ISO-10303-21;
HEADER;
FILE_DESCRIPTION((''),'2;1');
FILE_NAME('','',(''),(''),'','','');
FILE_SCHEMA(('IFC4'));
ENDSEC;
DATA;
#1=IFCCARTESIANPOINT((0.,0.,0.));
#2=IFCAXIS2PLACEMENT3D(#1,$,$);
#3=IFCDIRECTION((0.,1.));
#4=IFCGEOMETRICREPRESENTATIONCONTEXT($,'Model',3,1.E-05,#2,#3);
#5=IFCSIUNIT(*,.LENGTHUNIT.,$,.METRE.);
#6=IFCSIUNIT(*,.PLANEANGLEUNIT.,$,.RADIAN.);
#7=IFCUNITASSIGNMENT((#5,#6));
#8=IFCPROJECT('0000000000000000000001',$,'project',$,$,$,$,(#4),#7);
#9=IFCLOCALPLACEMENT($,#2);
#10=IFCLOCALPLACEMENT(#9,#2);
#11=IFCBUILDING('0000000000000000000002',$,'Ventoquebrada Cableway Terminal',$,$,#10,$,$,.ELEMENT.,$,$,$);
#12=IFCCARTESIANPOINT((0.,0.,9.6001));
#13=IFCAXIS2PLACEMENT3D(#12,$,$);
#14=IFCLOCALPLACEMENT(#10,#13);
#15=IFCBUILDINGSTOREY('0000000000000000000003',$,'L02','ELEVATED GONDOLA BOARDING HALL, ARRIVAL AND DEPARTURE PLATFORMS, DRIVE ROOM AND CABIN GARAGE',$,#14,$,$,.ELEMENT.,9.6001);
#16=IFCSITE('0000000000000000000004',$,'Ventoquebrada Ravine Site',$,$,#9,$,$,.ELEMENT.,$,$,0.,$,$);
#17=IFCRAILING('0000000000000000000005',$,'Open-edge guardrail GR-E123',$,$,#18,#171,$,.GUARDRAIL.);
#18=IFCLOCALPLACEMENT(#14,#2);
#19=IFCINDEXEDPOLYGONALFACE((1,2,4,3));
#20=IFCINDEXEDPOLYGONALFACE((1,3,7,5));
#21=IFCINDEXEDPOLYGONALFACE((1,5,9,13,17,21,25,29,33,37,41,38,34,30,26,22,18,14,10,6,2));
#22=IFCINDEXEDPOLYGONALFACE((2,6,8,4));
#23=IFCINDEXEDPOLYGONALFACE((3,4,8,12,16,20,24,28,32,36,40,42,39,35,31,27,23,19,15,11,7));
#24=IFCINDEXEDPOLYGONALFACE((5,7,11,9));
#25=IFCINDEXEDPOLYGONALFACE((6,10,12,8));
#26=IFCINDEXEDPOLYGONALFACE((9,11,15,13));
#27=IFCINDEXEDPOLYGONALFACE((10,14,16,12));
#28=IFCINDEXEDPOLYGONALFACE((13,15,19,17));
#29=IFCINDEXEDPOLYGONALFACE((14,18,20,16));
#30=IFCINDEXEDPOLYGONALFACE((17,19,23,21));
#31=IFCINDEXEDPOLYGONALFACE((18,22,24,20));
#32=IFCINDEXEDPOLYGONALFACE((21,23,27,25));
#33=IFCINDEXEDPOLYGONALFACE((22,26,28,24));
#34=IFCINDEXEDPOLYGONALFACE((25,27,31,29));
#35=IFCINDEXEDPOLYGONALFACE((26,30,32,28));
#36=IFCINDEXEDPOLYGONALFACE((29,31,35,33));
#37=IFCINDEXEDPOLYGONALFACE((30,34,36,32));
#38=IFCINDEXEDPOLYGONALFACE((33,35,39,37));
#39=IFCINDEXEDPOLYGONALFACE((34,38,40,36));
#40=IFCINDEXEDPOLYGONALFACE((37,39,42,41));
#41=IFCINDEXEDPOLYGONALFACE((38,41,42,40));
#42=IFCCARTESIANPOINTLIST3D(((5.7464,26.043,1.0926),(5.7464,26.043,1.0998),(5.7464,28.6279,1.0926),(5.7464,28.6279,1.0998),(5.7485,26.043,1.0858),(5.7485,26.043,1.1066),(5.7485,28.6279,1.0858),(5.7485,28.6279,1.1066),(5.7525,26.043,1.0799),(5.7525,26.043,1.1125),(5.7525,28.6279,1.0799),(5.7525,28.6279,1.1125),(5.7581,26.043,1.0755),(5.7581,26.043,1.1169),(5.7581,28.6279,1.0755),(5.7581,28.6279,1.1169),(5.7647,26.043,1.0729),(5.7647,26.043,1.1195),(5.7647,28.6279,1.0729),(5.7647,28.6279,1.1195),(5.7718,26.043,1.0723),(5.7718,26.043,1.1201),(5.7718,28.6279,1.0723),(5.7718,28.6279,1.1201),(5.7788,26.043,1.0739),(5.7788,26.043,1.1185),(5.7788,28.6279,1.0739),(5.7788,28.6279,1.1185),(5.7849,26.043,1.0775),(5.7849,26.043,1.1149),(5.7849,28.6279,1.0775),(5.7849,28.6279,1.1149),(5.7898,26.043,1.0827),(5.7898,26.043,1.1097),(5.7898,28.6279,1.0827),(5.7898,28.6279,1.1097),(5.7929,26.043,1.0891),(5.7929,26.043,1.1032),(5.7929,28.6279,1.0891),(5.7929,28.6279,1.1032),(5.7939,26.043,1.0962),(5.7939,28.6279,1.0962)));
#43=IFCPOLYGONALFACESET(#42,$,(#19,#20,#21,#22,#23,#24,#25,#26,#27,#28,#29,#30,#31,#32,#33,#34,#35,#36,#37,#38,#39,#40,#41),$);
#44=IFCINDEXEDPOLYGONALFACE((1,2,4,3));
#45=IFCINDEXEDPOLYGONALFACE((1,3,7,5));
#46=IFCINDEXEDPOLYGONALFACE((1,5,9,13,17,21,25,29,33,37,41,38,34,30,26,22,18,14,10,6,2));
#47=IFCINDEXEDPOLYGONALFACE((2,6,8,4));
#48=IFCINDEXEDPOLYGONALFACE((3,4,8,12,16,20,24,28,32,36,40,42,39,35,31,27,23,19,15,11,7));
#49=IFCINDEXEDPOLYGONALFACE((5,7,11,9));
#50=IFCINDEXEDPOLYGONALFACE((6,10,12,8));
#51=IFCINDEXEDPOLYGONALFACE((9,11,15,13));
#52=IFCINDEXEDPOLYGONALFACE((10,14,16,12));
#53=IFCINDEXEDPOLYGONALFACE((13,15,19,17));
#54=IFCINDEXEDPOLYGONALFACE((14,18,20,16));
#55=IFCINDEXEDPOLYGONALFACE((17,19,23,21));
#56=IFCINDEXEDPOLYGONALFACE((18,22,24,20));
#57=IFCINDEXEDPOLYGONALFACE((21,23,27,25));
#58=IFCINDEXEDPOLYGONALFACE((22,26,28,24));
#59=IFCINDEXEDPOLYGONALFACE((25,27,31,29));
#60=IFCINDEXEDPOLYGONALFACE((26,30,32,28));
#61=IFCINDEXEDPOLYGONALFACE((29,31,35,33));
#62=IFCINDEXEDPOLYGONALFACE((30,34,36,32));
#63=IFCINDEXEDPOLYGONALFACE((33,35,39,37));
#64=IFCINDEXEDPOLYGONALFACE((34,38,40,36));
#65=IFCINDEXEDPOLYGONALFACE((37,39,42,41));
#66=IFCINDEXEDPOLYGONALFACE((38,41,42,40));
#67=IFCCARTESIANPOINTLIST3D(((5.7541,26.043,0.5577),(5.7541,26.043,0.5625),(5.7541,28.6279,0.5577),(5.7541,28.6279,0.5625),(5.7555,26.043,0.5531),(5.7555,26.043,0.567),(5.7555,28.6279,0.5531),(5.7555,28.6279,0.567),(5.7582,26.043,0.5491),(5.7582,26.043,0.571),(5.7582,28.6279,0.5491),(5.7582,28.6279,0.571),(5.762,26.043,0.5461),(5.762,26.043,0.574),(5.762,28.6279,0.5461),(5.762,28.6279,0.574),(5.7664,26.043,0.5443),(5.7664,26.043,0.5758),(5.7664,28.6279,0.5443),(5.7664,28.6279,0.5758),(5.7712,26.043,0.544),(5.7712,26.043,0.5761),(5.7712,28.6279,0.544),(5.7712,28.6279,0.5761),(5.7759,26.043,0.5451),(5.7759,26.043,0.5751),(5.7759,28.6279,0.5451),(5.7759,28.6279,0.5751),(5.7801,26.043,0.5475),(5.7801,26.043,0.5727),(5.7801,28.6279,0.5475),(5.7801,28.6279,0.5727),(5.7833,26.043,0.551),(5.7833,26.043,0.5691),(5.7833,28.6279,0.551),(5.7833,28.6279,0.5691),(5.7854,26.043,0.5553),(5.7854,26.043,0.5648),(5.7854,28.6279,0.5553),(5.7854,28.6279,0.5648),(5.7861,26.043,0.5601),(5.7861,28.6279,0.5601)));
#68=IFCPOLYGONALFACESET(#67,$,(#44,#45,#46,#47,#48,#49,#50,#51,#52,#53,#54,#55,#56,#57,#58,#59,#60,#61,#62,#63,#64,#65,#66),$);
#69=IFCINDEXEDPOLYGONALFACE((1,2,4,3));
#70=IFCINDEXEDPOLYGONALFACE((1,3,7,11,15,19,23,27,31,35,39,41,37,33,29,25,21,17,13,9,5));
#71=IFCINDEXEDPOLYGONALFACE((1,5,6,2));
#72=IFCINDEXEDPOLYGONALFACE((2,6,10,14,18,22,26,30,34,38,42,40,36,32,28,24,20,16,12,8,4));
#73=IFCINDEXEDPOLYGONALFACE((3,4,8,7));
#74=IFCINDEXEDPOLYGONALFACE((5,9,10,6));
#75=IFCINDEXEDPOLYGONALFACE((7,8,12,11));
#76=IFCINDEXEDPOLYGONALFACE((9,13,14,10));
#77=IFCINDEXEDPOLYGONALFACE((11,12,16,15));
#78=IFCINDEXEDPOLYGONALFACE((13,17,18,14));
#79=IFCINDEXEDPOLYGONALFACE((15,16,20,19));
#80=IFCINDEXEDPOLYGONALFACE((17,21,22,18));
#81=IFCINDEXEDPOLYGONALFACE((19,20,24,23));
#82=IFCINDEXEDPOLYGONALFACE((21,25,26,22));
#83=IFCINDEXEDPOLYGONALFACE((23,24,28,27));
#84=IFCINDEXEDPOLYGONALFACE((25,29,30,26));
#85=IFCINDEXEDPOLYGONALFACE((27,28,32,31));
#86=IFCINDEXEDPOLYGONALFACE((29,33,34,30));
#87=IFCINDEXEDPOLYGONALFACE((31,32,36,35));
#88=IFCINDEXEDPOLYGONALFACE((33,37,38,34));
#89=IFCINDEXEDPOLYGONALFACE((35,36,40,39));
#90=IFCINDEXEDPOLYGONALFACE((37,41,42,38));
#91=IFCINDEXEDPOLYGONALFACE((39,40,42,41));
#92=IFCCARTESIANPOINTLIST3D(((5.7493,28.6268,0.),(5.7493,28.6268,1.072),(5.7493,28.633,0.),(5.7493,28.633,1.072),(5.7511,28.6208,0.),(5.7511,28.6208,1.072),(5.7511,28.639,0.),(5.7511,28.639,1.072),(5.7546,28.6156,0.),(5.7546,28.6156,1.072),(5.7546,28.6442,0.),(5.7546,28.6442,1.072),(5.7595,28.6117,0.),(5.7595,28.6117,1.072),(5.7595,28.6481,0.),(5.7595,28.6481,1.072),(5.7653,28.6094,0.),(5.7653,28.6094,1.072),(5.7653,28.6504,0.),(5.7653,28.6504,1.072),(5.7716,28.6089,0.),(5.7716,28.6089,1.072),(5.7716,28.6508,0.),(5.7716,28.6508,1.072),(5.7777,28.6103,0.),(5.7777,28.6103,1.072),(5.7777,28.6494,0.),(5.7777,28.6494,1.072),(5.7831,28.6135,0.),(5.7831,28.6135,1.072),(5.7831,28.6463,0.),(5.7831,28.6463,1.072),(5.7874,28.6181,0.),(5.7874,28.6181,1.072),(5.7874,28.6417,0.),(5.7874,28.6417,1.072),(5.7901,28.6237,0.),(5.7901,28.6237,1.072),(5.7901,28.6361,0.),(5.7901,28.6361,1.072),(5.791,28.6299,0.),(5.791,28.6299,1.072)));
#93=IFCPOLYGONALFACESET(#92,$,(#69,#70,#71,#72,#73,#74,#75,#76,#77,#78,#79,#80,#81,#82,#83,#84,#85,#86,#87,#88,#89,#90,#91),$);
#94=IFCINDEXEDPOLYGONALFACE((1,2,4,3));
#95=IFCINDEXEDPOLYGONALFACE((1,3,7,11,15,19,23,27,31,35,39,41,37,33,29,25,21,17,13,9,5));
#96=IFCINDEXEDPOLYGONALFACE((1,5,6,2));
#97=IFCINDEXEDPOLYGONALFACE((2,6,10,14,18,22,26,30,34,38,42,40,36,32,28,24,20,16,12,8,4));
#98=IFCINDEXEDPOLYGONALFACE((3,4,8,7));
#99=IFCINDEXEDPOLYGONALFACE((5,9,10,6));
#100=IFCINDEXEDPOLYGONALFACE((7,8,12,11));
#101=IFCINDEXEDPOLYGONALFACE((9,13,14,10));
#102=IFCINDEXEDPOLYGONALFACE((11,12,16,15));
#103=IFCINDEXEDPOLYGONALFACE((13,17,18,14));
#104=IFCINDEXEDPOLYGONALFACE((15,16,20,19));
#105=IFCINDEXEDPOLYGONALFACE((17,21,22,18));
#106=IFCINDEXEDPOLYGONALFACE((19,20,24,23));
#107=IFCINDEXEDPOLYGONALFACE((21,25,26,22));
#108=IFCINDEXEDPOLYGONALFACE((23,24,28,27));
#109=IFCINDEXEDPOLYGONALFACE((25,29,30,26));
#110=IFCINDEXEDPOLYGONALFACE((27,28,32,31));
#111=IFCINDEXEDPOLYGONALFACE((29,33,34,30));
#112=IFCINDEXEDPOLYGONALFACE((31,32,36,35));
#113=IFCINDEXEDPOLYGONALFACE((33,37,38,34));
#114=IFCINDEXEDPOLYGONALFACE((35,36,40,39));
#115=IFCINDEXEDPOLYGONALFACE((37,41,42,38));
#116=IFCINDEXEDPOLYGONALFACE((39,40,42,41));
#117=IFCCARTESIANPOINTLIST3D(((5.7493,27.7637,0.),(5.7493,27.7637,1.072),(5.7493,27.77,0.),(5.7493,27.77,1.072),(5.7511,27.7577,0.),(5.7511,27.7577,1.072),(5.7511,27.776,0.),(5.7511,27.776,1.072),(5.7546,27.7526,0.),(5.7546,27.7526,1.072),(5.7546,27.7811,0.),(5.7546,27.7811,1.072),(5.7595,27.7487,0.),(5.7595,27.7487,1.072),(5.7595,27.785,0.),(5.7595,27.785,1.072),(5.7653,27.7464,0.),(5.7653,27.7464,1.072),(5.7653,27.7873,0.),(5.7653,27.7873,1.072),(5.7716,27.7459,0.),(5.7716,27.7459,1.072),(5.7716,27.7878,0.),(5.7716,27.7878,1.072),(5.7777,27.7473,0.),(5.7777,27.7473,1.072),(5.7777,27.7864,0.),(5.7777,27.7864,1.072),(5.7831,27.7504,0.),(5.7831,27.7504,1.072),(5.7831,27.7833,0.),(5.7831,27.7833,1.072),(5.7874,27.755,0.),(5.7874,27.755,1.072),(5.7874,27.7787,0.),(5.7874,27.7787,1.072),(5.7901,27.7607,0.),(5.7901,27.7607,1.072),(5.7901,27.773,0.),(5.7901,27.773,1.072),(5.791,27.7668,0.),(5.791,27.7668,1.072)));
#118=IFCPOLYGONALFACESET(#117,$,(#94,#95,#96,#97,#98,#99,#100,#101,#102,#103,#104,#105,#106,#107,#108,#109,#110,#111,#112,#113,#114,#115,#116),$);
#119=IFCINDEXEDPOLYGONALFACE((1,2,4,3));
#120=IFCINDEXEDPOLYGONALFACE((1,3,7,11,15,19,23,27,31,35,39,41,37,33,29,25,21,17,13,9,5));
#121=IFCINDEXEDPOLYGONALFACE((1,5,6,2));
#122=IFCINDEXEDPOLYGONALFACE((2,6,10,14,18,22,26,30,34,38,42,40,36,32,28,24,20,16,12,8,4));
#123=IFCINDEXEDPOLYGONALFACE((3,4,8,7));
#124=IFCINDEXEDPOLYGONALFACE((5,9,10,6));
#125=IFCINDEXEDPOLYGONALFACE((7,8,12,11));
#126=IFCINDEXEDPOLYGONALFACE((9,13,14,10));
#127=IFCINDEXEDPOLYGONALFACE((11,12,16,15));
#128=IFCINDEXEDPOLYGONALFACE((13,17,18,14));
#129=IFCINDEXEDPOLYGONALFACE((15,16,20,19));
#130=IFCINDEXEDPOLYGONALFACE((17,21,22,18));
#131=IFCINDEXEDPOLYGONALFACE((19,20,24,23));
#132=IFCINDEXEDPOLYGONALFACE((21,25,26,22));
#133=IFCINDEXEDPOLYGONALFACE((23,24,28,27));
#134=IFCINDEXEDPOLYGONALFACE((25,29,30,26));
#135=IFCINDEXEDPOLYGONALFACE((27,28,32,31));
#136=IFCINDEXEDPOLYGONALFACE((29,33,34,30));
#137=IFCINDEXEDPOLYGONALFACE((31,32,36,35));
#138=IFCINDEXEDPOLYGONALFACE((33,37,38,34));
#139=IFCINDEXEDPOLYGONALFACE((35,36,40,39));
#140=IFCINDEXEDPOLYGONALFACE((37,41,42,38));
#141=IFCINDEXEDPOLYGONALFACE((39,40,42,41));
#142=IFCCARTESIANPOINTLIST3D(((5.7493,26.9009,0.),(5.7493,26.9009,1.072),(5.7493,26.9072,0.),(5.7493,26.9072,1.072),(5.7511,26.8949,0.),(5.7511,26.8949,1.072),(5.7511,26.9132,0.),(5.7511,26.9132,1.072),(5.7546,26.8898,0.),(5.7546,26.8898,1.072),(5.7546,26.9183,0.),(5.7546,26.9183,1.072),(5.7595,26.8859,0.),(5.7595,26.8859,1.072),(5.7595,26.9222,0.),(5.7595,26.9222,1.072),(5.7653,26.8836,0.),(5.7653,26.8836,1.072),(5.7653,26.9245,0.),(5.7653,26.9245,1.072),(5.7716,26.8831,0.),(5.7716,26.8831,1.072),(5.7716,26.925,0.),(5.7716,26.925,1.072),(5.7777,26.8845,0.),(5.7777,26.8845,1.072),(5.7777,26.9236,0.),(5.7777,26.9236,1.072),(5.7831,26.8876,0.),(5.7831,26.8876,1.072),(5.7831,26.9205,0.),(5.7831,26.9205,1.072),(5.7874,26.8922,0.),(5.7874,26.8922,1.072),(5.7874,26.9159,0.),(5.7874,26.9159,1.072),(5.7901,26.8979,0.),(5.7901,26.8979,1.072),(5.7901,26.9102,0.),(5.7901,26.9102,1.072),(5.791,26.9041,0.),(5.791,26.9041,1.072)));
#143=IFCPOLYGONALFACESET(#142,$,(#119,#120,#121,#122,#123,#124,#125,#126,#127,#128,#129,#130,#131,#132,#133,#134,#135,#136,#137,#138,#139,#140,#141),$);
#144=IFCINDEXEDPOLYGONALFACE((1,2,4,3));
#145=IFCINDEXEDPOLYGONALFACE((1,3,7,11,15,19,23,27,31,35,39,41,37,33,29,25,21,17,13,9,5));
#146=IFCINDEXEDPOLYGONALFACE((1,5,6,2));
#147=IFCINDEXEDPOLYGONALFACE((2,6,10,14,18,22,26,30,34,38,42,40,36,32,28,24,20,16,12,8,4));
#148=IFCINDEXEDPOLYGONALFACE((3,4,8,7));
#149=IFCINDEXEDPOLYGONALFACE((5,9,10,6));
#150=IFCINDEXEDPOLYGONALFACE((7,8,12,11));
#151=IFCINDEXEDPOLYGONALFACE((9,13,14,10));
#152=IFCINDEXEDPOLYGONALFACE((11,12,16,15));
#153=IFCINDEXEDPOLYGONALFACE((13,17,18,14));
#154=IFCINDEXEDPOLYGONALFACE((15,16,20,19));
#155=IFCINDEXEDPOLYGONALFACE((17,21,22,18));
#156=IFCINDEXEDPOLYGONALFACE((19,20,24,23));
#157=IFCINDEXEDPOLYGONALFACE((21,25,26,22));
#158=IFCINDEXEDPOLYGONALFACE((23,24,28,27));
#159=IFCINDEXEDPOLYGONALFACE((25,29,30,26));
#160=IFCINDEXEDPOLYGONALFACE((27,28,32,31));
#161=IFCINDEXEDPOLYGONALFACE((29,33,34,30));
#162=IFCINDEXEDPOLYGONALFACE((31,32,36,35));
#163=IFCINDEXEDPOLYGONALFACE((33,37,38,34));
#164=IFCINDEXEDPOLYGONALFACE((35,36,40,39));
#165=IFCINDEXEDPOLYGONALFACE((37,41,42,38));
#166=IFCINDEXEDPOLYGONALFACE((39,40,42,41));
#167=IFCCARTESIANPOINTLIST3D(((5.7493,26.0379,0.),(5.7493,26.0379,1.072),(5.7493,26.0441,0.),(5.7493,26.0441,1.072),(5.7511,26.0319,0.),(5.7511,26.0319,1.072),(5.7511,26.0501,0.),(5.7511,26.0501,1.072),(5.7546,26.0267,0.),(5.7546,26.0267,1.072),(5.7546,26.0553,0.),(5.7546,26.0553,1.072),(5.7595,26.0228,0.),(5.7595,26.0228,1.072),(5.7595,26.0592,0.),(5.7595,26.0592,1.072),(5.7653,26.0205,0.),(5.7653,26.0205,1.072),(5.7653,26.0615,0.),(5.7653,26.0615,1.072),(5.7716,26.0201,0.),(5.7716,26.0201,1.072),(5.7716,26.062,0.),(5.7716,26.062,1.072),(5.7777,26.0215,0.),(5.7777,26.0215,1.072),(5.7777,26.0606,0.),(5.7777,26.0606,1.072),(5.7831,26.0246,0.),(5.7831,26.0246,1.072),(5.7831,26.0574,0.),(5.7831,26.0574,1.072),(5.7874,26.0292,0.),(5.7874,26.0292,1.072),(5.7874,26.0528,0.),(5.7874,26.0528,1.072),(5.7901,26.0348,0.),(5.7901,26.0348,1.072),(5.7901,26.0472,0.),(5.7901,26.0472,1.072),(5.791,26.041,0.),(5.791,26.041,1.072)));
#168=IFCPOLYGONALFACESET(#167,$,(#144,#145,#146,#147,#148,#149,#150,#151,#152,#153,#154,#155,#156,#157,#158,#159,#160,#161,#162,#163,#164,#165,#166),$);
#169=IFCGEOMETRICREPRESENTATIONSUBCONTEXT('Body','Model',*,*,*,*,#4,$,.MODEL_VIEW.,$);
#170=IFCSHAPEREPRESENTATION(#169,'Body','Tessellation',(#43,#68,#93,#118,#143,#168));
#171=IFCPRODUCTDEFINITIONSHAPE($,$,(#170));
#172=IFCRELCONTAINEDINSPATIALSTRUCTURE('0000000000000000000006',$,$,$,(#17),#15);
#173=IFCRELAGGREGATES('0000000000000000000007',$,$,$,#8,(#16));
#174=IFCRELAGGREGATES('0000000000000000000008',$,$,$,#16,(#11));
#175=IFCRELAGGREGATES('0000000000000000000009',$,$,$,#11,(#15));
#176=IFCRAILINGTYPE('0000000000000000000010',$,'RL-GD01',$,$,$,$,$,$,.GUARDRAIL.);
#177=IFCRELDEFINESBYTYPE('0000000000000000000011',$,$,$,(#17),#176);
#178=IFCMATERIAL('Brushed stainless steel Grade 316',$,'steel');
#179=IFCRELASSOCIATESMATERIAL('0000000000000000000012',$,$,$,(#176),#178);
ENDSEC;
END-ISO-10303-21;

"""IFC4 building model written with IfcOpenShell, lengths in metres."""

from ifc_helpers import new_model, si_unit, direction, frame, origin, origin_2d, place, context, subcontext, project, spatial, circle, extrude, material, type_object, element, save


model = new_model("IFC4")

# Units and contexts
model_context = context("Model", 3, precision=1e-05, world=origin(), true_north=direction((0.0, 1.0)))
body_context = subcontext(model_context, "Body", "Model", "MODEL_VIEW")
ifc_project = project(units=[si_unit("LENGTHUNIT", "METRE"), si_unit("PLANEANGLEUNIT", "RADIAN")], contexts=[model_context])

# Site, building, storey
site_placement = place(None, origin())
site = spatial("IfcSite", under=ifc_project, at=site_placement, Name="Ventoquebrada Ravine Site", CompositionType="ELEMENT", RefElevation=0.0)
building_placement = place(site_placement, origin())
building = spatial("IfcBuilding", under=site, at=building_placement, Name="Ventoquebrada Cableway Terminal", CompositionType="ELEMENT")
storey_placement = place(building_placement, frame((0.0, 0.0, 9.6001)))
storey = spatial("IfcBuildingStorey", under=building, at=storey_placement, Name="L02", Description="ELEVATED GONDOLA BOARDING HALL, ARRIVAL AND DEPARTURE PLATFORMS, DRIVE ROOM AND CABIN GARAGE", CompositionType="ELEMENT", Elevation=9.6001)

# Railing
ifc_material_1 = material(Name="Brushed stainless steel Grade 316", Category="steel")
railing_type = type_object("IfcRailingType", Name="RL-GD01", PredefinedType="GUARDRAIL", material=ifc_material_1)
railing_1_placement = place(storey_placement, frame((5.77, 28.6299, 0.0)))
element("IfcRailing", 1, at=railing_1_placement, inside=storey, type_object=railing_type, Name="Open-edge guardrail GR-E123", PredefinedType="GUARDRAIL", context=body_context, shape_type="SweptSolid", body=[
    extrude(circle(Radius=0.0239, at=origin_2d()), frame((0.0, -0.002, 1.0962), z_axis=(0.0, -1.0, 0.0), x_axis=(1.0, 0.0, 0.0)), (0.0, 0.0, 1.0), 2.585),
    extrude(circle(Radius=0.0161, at=origin_2d()), frame((0.0, -0.002, 0.5601), z_axis=(0.0, -1.0, 0.0), x_axis=(1.0, 0.0, 0.0)), (0.0, 0.0, 1.0), 2.585),
    extrude(circle(Radius=0.021, at=origin_2d()), origin(), (0.0, 0.0, 1.0), 1.072),
    extrude(circle(Radius=0.021, at=origin_2d()), frame((0.0, -0.863, 0.0)), (0.0, 0.0, 1.0), 1.072),
    extrude(circle(Radius=0.021, at=origin_2d()), frame((0.0, -1.7258, 0.0)), (0.0, 0.0, 1.0), 1.072),
    extrude(circle(Radius=0.021, at=origin_2d()), frame((0.0, -2.5889, 0.0)), (0.0, 0.0, 1.0), 1.072),
])

save(model, "model.ifc")
